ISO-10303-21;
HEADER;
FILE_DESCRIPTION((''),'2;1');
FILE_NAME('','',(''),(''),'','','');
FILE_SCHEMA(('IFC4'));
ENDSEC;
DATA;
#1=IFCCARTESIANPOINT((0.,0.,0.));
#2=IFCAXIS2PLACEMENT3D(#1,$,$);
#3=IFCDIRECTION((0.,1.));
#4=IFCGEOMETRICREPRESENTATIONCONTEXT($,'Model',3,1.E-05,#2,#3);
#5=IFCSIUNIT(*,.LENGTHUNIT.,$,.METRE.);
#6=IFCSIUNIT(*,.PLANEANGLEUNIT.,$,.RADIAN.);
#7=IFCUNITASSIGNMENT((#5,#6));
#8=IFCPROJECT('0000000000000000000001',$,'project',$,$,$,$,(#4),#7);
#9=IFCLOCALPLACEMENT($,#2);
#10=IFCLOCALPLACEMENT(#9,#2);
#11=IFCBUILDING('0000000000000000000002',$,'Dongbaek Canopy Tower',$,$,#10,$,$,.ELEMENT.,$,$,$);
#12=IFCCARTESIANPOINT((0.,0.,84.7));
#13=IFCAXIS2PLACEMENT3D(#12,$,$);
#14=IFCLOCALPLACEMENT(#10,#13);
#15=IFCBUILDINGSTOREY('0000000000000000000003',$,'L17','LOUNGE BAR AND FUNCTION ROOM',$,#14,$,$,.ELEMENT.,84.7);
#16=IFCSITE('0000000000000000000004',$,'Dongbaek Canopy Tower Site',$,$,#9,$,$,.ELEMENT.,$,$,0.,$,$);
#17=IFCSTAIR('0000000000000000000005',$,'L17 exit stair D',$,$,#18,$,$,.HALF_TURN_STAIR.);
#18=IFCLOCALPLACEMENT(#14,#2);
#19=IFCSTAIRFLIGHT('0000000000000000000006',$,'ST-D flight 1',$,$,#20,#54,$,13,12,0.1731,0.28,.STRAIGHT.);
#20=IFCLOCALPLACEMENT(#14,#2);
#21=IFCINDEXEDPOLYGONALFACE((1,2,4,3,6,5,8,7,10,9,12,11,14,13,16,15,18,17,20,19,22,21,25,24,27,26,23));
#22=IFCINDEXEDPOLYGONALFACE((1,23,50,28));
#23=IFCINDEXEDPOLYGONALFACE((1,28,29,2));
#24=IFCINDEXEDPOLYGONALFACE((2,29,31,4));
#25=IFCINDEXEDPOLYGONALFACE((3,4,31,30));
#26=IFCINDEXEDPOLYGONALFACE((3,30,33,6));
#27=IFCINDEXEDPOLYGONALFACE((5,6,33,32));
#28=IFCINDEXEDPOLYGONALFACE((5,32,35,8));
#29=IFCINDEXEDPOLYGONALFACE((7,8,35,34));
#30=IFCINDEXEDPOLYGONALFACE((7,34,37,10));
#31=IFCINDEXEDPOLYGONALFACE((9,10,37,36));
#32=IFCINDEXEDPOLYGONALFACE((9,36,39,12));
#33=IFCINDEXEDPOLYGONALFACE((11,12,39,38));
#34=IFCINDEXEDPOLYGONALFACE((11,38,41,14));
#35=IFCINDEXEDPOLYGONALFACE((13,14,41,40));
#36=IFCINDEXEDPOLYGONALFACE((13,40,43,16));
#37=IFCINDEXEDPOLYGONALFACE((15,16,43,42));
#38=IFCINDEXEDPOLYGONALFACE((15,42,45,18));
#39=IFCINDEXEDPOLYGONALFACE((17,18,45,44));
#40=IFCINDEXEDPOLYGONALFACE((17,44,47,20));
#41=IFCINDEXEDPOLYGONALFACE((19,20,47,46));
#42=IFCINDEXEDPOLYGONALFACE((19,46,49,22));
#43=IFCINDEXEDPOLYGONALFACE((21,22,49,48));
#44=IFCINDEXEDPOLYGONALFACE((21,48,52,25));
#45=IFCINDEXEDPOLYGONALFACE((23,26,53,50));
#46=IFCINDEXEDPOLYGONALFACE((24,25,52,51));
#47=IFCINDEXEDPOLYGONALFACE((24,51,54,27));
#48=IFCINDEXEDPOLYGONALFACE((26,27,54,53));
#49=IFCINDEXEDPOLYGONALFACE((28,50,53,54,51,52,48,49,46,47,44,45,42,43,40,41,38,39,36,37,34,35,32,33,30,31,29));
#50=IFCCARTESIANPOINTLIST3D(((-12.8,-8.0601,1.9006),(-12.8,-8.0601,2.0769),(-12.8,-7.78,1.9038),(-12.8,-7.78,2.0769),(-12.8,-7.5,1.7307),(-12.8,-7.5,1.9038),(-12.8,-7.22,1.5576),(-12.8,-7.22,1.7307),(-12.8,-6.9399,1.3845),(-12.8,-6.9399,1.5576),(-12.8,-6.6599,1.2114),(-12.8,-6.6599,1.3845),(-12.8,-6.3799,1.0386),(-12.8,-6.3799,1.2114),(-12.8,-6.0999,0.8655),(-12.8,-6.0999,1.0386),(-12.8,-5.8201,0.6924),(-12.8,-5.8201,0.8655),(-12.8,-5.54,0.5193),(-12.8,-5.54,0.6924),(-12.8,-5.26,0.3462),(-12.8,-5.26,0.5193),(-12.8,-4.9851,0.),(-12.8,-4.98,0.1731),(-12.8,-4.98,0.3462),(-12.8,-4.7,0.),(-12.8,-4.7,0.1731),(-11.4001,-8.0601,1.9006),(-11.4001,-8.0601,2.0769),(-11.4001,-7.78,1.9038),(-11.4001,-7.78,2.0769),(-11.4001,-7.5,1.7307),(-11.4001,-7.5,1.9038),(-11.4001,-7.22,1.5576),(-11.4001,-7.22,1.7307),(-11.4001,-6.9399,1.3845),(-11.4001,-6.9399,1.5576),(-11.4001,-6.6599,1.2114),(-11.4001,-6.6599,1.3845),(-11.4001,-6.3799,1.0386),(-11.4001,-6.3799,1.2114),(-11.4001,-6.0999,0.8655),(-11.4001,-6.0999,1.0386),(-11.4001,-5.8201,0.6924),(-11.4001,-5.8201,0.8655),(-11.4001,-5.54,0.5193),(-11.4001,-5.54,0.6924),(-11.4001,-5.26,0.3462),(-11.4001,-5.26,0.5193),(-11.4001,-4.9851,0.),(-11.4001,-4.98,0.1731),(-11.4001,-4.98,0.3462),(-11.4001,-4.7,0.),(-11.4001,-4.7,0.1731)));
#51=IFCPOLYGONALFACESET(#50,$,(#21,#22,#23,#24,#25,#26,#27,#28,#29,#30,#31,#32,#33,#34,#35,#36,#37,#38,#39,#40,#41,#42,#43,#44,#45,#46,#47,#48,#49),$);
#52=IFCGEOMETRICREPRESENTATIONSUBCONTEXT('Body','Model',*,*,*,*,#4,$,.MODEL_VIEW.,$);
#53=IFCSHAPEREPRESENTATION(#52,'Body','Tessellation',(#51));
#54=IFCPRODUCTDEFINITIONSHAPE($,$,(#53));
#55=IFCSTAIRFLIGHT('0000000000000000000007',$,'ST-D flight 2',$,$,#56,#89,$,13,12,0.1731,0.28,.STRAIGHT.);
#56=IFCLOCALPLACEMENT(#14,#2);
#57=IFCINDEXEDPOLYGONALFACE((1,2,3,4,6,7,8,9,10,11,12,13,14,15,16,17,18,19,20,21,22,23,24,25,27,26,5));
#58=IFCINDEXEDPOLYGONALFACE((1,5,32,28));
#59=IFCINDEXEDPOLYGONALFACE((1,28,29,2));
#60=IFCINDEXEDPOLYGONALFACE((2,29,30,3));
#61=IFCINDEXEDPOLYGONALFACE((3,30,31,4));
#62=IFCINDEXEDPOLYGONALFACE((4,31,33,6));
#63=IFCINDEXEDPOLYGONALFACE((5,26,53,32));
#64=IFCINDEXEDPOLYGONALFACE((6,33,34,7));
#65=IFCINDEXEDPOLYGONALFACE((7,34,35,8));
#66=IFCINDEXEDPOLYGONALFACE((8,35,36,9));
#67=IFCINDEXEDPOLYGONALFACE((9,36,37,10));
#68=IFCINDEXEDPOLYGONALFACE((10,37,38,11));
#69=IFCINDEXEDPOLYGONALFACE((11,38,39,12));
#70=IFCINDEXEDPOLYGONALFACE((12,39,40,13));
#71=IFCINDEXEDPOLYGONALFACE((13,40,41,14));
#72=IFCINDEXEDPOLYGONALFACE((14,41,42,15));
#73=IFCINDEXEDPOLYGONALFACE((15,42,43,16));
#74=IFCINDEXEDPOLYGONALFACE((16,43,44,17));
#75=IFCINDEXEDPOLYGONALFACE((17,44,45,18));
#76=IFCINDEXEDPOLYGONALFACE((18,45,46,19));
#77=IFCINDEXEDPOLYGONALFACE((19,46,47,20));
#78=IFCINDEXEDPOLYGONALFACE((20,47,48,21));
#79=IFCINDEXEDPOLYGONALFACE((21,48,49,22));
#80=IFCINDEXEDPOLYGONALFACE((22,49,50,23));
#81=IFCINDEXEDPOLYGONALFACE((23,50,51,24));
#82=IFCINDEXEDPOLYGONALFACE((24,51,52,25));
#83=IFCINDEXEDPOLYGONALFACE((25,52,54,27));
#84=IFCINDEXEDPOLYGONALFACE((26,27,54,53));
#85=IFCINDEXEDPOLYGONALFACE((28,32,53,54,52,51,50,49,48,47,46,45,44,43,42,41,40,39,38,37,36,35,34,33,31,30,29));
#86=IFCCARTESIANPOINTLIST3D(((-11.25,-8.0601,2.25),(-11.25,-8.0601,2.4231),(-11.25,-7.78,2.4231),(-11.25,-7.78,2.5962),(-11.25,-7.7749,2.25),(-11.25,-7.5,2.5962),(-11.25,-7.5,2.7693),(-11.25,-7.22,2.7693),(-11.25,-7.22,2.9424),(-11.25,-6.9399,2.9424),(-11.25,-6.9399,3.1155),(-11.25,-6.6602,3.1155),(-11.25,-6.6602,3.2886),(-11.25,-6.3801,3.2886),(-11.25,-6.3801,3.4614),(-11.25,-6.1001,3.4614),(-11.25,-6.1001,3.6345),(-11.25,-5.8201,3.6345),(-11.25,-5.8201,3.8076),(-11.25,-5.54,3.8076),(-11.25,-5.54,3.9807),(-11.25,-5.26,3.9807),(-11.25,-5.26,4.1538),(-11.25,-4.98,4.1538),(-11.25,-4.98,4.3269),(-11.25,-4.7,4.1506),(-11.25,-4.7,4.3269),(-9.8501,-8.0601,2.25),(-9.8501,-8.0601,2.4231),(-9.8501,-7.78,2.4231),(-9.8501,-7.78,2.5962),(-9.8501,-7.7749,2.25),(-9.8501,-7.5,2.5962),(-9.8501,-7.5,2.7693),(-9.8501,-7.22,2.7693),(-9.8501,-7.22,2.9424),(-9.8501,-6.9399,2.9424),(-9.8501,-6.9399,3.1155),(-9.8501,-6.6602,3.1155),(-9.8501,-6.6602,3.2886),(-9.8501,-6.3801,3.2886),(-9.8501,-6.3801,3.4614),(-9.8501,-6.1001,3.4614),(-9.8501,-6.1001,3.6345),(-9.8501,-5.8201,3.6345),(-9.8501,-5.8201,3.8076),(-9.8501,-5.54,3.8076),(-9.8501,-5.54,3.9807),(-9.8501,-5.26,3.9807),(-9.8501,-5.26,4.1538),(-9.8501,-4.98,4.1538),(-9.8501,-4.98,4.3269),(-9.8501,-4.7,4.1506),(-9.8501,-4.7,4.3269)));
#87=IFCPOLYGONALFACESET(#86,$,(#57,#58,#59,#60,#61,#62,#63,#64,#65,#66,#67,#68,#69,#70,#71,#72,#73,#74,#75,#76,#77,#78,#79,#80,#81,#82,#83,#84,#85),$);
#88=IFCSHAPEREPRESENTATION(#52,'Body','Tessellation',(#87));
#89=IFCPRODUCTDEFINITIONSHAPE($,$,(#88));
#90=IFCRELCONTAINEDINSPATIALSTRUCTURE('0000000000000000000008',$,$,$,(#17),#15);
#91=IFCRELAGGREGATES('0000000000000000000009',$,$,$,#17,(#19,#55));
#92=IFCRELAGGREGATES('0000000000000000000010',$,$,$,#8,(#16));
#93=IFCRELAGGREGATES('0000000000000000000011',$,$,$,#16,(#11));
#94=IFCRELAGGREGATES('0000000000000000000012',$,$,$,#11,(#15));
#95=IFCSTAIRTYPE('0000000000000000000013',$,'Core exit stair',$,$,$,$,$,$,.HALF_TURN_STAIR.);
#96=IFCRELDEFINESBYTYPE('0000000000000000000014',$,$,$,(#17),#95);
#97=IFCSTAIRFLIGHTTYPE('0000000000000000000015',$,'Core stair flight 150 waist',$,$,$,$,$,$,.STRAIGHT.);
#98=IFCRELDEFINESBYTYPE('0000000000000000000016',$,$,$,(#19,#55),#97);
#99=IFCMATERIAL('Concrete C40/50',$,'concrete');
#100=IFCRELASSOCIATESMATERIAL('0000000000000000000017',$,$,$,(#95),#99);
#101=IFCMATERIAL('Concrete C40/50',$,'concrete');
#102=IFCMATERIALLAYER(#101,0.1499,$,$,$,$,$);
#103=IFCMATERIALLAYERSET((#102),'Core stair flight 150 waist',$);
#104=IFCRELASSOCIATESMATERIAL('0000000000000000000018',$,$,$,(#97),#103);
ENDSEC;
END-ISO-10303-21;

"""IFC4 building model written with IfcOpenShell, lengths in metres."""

from ifc_helpers import new_model, si_unit, direction, frame, origin, place, context, subcontext, project, spatial, polyline, outline, extrude, material, layer, layer_set, type_object, element, aggregate, save


model = new_model("IFC4")

# Units and contexts
model_context = context("Model", 3, precision=1e-05, world=origin(), true_north=direction((0.0, 1.0)))
body_context = subcontext(model_context, "Body", "Model", "MODEL_VIEW")
ifc_project = project(units=[si_unit("LENGTHUNIT", "METRE"), si_unit("PLANEANGLEUNIT", "RADIAN")], contexts=[model_context])

# Site, building, storey
site_placement = place(None, origin())
site = spatial("IfcSite", under=ifc_project, at=site_placement, Name="Dongbaek Canopy Tower Site", CompositionType="ELEMENT", RefElevation=0.0)
building_placement = place(site_placement, origin())
building = spatial("IfcBuilding", under=site, at=building_placement, Name="Dongbaek Canopy Tower", CompositionType="ELEMENT")
storey_placement = place(building_placement, frame((0.0, 0.0, 84.7)))
storey = spatial("IfcBuildingStorey", under=building, at=storey_placement, Name="L17", Description="LOUNGE BAR AND FUNCTION ROOM", CompositionType="ELEMENT", Elevation=84.7)

# Stair, stair flights
ifc_material_1 = material(Name="Concrete C40/50", Category="concrete")
stair_type = type_object("IfcStairType", Name="Core exit stair", PredefinedType="HALF_TURN_STAIR", material=ifc_material_1)
stair_placement = place(storey_placement, origin())
stair = element("IfcStair", 1, at=stair_placement, inside=storey, type_object=stair_type, Name="L17 exit stair D", PredefinedType="HALF_TURN_STAIR")
ifc_material_2 = material(Name="Concrete C40/50", Category="concrete")
ifc_layer_1 = layer(ifc_material_2, 0.1499)
ifc_layer_set_1 = layer_set([ifc_layer_1], Name="Core stair flight 150 waist")
stair_flight_type = type_object("IfcStairFlightType", Name="Core stair flight 150 waist", PredefinedType="STRAIGHT", material=ifc_layer_set_1)
stair_flight_1_placement = place(storey_placement, frame((-12.1001, -4.7, 0.0), z_axis=(0.0, 0.0, 1.0), x_axis=(0.0, -1.0, 0.0)))
stair_flight_1 = element("IfcStairFlight", 2, at=stair_flight_1_placement, type_object=stair_flight_type, Name="ST-D flight 1", NumberOfRisers=13, NumberOfTreads=12, PredefinedType="STRAIGHT", RiserHeight=0.1731, TreadLength=0.28, context=body_context, shape_type="SweptSolid", body=[
    extrude(outline(polyline([(0.0, 0.0), (0.0, 0.1731), (0.28, 0.1731), (0.28, 0.3462), (0.5601, 0.3462), (0.5601, 0.5193), (0.8401, 0.5193), (0.8401, 0.6924), (1.1201, 0.6924), (1.1201, 0.8655), (1.3999, 0.8655), (1.3999, 1.0386), (1.6799, 1.0386), (1.6799, 1.2114), (1.96, 1.2114), (1.96, 1.3845), (2.24, 1.3845), (2.24, 1.5576), (2.52, 1.5576), (2.52, 1.7307), (2.8, 1.7307), (2.8, 1.9038), (3.0801, 1.9038), (3.0801, 2.0769), (3.3601, 2.0769), (3.3601, 2.25), (3.3601, 1.9006), (0.2852, 0.0), (0.0, 0.0)])), frame((0.0, 0.7, 0.0), z_axis=(0.0, -1.0, 0.0), x_axis=(1.0, 0.0, 0.0)), (0.0, 0.0, 1.0), 1.3999),
])
stair_flight_2_placement = place(storey_placement, frame((-10.55, -8.0601, 2.25), z_axis=(0.0, 0.0, 1.0), x_axis=(0.0, 1.0, 0.0)))
stair_flight_2 = element("IfcStairFlight", 3, at=stair_flight_2_placement, type_object=stair_flight_type, Name="ST-D flight 2", NumberOfRisers=13, NumberOfTreads=12, PredefinedType="STRAIGHT", RiserHeight=0.1731, TreadLength=0.28, context=body_context, shape_type="SweptSolid", body=[
    extrude(outline(polyline([(0.0, 0.0), (0.0, 0.1731), (0.28, 0.1731), (0.28, 0.3462), (0.5601, 0.3462), (0.5601, 0.5193), (0.8401, 0.5193), (0.8401, 0.6924), (1.1201, 0.6924), (1.1201, 0.8655), (1.3999, 0.8655), (1.3999, 1.0386), (1.6799, 1.0386), (1.6799, 1.2114), (1.96, 1.2114), (1.96, 1.3845), (2.24, 1.3845), (2.24, 1.5576), (2.52, 1.5576), (2.52, 1.7307), (2.8, 1.7307), (2.8, 1.9038), (3.0801, 1.9038), (3.0801, 2.0769), (3.3601, 2.0769), (3.3601, 2.25), (3.3601, 1.9006), (0.2852, 0.0), (0.0, 0.0)])), frame((0.0, 0.7, 0.0), z_axis=(0.0, -1.0, 0.0), x_axis=(1.0, 0.0, 0.0)), (0.0, 0.0, 1.0), 1.3999),
])
aggregate(stair, [stair_flight_1, stair_flight_2])

save(model, "model.ifc")
